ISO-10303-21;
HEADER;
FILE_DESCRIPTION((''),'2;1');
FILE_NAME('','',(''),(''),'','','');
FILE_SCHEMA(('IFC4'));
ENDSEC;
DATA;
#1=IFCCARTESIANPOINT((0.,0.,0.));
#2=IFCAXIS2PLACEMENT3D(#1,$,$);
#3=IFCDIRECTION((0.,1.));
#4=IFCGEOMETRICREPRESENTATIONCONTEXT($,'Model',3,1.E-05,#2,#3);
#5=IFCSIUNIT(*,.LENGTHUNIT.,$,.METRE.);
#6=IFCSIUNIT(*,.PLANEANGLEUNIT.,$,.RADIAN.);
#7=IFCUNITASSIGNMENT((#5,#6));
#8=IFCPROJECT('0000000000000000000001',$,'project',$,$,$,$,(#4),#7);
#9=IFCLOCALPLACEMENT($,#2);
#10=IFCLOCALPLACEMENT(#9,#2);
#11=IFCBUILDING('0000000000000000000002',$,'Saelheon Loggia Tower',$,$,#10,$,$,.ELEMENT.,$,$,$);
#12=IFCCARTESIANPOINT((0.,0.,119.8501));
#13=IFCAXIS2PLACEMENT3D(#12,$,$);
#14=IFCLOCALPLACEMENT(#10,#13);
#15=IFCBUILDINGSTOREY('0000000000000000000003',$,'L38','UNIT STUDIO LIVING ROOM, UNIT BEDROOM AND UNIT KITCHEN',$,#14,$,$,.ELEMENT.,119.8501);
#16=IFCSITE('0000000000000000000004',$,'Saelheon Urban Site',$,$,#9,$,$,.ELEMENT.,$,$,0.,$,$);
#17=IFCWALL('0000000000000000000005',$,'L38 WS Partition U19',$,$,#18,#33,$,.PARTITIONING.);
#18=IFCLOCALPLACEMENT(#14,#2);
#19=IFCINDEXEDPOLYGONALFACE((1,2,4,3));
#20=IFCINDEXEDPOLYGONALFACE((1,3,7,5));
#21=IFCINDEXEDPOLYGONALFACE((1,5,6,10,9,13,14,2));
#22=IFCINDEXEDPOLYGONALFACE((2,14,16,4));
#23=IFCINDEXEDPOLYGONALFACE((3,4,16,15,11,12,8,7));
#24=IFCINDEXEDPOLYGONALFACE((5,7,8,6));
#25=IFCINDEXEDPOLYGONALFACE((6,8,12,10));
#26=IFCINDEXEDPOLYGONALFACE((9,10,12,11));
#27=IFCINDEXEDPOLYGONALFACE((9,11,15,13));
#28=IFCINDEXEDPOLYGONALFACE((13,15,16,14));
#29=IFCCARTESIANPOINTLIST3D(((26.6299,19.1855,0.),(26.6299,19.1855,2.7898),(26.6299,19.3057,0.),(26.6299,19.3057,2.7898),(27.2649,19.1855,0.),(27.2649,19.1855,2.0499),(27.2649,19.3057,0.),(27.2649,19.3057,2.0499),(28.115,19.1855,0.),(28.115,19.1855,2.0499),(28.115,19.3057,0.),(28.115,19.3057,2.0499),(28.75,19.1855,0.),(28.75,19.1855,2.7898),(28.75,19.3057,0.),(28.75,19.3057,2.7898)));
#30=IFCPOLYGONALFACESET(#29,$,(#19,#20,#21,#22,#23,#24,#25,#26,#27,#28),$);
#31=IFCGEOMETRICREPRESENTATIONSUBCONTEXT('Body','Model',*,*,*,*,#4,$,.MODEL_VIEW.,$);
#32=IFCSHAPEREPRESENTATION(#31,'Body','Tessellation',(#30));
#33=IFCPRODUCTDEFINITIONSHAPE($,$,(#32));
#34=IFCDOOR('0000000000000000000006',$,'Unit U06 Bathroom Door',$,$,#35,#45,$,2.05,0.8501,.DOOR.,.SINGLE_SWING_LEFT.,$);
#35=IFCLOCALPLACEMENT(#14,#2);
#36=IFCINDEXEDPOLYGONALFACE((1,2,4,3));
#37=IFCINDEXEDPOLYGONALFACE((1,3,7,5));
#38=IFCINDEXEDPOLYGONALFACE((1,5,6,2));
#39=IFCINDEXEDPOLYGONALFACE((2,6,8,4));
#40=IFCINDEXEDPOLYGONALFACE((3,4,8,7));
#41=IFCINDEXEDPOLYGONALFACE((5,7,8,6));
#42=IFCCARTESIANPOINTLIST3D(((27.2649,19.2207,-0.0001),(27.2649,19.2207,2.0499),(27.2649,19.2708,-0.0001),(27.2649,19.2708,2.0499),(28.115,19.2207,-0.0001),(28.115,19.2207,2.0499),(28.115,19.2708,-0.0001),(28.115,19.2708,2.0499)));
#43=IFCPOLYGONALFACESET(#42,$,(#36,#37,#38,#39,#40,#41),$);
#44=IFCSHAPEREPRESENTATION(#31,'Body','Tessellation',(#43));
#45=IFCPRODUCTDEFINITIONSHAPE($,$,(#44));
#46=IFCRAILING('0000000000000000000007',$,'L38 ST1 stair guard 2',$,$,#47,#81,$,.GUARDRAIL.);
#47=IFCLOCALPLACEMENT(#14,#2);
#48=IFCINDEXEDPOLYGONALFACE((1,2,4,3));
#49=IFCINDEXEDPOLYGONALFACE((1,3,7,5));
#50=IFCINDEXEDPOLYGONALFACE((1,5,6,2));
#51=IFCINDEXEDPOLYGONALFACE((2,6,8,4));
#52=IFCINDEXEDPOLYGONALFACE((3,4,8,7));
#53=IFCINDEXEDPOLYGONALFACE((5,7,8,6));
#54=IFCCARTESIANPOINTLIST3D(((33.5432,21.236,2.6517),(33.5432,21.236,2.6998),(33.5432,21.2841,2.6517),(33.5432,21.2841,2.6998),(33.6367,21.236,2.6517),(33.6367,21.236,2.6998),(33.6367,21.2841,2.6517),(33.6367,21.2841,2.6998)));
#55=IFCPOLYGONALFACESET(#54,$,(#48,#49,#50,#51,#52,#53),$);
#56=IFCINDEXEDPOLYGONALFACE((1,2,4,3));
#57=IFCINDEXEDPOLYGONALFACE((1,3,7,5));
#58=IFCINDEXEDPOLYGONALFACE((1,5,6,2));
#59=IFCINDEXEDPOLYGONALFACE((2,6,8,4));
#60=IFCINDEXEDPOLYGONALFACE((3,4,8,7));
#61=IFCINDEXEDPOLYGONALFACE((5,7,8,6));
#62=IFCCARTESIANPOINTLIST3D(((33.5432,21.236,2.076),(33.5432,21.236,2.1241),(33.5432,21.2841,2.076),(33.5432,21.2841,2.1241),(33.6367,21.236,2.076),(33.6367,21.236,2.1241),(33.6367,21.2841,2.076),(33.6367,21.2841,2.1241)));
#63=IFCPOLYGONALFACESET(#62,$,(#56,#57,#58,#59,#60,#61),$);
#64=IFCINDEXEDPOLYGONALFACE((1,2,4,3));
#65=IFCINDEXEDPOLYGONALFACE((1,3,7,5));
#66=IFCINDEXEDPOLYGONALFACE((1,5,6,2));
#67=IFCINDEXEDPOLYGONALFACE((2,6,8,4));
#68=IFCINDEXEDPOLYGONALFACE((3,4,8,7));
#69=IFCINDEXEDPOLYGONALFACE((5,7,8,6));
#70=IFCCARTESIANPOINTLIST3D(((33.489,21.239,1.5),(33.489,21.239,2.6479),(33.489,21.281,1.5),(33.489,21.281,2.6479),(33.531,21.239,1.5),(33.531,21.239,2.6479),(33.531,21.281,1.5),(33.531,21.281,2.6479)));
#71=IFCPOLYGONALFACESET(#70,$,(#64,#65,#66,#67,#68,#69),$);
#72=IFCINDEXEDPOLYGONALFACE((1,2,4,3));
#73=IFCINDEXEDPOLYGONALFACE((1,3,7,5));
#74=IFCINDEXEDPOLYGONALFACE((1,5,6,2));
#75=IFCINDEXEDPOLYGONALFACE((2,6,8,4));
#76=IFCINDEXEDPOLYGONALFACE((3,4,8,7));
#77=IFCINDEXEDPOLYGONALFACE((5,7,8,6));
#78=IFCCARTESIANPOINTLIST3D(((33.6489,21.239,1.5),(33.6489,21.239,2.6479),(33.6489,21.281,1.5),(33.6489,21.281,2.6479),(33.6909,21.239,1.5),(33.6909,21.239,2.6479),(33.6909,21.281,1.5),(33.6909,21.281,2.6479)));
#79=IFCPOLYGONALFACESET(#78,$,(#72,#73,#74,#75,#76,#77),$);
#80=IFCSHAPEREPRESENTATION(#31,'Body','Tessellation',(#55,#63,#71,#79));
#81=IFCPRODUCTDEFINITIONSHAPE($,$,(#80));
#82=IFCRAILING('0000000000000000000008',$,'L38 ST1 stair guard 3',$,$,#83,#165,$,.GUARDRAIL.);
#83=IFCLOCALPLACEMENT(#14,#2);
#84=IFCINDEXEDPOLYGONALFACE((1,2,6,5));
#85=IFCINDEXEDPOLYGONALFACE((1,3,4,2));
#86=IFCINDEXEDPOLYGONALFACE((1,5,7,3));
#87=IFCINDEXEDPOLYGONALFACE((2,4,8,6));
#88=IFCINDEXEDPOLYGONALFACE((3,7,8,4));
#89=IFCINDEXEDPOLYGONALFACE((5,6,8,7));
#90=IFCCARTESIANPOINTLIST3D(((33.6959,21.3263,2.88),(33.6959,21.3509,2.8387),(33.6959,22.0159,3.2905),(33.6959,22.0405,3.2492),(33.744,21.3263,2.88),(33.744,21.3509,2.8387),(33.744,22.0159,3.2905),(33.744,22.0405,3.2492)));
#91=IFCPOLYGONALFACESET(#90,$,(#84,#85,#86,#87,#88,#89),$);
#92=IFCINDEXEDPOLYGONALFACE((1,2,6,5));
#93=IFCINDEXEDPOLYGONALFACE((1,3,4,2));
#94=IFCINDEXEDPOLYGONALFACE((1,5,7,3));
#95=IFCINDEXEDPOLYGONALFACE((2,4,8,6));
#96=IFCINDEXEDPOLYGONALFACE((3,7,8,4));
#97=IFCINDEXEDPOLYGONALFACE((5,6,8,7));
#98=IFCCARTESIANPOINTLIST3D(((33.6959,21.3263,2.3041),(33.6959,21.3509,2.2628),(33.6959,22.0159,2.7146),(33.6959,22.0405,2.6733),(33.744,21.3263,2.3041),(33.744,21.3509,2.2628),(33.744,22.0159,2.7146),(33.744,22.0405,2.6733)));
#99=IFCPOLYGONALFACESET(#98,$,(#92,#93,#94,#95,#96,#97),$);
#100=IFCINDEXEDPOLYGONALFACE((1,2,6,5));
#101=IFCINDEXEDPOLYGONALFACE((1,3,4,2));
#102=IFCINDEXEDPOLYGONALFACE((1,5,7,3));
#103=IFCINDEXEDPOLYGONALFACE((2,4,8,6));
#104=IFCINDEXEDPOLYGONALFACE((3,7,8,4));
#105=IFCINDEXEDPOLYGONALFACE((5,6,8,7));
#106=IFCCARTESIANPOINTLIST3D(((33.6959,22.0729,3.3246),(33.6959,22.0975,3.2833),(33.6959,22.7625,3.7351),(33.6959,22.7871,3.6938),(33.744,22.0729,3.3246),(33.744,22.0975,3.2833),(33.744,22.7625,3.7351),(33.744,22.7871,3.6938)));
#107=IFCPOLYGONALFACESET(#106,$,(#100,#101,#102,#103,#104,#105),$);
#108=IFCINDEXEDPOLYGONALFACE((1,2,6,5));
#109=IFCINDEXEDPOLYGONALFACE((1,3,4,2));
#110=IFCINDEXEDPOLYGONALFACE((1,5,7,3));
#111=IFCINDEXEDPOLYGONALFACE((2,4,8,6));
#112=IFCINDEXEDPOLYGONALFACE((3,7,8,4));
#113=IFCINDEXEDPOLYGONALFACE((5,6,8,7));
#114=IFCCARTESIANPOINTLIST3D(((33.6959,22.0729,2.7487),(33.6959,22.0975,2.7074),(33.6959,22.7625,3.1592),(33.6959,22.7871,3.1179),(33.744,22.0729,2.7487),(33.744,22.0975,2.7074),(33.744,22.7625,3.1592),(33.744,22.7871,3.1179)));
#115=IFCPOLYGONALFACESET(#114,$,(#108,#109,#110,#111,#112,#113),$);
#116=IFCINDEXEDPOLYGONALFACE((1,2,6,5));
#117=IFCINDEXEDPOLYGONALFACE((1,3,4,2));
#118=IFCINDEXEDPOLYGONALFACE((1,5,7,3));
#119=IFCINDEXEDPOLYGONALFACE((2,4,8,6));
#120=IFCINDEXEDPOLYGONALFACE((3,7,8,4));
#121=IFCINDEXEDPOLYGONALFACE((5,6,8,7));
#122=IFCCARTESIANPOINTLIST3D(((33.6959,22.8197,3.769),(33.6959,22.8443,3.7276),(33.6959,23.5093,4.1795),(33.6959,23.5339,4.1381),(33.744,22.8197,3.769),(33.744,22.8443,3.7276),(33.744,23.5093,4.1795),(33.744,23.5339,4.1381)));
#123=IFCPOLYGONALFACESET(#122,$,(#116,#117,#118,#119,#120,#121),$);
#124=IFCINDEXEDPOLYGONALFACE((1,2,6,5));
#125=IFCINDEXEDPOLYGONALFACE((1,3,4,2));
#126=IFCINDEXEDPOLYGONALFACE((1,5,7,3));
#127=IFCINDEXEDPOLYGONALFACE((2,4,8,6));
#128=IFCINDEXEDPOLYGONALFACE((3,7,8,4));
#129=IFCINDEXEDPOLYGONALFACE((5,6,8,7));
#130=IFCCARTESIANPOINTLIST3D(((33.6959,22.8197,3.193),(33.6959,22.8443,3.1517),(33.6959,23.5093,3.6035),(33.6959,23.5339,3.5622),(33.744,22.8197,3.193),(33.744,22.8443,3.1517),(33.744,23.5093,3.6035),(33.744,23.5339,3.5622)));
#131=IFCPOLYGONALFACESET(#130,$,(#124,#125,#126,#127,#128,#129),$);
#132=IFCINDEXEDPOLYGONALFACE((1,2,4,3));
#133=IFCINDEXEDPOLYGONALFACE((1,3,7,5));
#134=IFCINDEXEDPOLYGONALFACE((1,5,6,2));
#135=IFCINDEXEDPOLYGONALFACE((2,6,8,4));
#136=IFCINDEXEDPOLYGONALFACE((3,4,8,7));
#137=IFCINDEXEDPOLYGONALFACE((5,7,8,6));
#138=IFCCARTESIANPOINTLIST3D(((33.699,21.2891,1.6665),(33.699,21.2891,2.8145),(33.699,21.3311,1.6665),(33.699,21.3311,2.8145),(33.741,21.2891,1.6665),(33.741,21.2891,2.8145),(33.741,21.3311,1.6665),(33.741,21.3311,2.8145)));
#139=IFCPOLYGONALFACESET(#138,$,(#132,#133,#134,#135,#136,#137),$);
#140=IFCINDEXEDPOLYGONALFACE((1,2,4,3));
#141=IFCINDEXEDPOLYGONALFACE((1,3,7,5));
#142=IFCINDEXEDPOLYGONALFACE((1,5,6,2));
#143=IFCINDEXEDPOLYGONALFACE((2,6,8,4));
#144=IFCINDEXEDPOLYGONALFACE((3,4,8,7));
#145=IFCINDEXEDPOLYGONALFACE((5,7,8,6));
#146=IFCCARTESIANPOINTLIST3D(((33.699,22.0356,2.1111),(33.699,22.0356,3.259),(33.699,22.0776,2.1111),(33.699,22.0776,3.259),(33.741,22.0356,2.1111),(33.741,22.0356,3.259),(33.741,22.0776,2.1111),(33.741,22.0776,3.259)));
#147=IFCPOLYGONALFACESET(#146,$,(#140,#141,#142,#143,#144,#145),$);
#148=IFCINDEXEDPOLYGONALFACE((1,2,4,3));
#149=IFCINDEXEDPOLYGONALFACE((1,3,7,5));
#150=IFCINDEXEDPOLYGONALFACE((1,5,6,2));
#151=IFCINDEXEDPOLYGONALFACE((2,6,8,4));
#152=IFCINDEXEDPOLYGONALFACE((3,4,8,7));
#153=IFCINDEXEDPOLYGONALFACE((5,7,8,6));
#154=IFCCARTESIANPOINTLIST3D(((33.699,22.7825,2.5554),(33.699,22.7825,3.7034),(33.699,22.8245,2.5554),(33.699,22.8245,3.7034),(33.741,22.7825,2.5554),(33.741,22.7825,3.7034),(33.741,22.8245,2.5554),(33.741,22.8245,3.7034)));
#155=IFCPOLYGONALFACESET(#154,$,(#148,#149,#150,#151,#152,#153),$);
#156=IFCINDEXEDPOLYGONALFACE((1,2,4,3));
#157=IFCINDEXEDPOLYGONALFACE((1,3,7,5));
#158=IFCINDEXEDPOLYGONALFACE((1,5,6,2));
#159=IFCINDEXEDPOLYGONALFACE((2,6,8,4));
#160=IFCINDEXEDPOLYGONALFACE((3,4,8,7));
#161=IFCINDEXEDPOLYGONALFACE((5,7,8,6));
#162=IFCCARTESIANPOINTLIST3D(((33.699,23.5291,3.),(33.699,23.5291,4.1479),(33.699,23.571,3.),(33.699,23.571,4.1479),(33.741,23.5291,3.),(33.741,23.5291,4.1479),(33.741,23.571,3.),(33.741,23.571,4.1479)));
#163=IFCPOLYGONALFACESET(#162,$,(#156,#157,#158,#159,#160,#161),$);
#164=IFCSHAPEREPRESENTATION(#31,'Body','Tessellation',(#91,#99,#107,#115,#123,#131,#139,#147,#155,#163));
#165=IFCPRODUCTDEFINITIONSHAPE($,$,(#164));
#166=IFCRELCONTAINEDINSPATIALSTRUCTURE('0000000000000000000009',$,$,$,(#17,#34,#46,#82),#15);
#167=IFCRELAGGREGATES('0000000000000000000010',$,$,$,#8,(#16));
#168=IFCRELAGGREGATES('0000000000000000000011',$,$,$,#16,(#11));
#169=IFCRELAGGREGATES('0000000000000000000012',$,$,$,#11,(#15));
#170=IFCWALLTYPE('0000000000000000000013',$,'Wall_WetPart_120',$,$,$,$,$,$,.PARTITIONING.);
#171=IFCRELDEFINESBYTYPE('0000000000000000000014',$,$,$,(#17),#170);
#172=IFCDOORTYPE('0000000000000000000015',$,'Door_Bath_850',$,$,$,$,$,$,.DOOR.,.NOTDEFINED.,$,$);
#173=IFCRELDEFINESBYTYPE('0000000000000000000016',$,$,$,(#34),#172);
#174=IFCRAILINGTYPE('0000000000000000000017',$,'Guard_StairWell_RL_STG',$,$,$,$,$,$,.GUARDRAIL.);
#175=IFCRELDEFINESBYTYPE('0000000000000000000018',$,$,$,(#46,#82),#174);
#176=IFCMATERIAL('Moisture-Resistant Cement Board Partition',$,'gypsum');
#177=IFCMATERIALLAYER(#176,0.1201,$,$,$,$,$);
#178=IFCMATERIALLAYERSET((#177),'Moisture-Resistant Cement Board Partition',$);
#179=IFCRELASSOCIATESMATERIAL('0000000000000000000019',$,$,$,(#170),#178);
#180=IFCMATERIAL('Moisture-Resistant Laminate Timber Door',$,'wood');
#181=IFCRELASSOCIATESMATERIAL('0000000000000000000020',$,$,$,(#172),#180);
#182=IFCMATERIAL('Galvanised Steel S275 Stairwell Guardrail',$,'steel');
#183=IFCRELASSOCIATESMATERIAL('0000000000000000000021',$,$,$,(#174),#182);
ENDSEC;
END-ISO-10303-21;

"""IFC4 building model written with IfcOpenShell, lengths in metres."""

from ifc_helpers import new_model, si_unit, direction, frame, frame_2d, origin, origin_2d, place, context, subcontext, project, spatial, rectangle, extrude, source, transform, mapped, material, layer, layer_set, type_object, element, fill, save


model = new_model("IFC4")

# Units and contexts
model_context = context("Model", 3, precision=1e-05, world=origin(), true_north=direction((0.0, 1.0)))
body_context = subcontext(model_context, "Body", "Model", "MODEL_VIEW")
ifc_project = project(units=[si_unit("LENGTHUNIT", "METRE"), si_unit("PLANEANGLEUNIT", "RADIAN")], contexts=[model_context])

# Site, building, storey
site_placement = place(None, origin())
site = spatial("IfcSite", under=ifc_project, at=site_placement, Name="Saelheon Urban Site", CompositionType="ELEMENT", RefElevation=0.0)
building_placement = place(site_placement, origin())
building = spatial("IfcBuilding", under=site, at=building_placement, Name="Saelheon Loggia Tower", CompositionType="ELEMENT")
storey_placement = place(building_placement, frame((0.0, 0.0, 119.8501)))
storey = spatial("IfcBuildingStorey", under=building, at=storey_placement, Name="L38", Description="UNIT STUDIO LIVING ROOM, UNIT BEDROOM AND UNIT KITCHEN", CompositionType="ELEMENT", Elevation=119.8501)

# Wall, opening, door
ifc_material_1 = material(Name="Moisture-Resistant Cement Board Partition", Category="gypsum")
ifc_layer_1 = layer(ifc_material_1, 0.1201)
ifc_layer_set_1 = layer_set([ifc_layer_1], Name="Moisture-Resistant Cement Board Partition")
wall_type_1 = type_object("IfcWallType", Name="Wall_WetPart_120", PredefinedType="PARTITIONING", material=ifc_layer_set_1)
ifc_material_2 = material(Name="Moisture-Resistant Laminate Timber Door", Category="wood")
door_type_1 = type_object("IfcDoorType", Name="Door_Bath_850", OperationType="NOTDEFINED", PredefinedType="DOOR", material=ifc_material_2)
shared_shape_1 = source(origin(), body_context, "Body", "SweptSolid", [
    extrude(rectangle(XDim=0.8501, YDim=2.05, at=frame_2d((0.425, 1.0249))), frame((0.0, 0.0249, 0.0), z_axis=(0.0, -1.0, 0.0), x_axis=(1.0, 0.0, 0.0)), (0.0, 0.0, 1.0), 0.05),
])
wall_1_placement = place(storey_placement, frame((28.75, 19.2456, 0.0), z_axis=(0.0, 0.0, 1.0), x_axis=(-1.0, 0.0, 0.0)))
wall_1 = element("IfcWall", 1, at=wall_1_placement, inside=storey, type_object=wall_type_1, Name="L38 WS Partition U19", PredefinedType="PARTITIONING", context=body_context, shape_type="SweptSolid", body=[
    extrude(rectangle(XDim=2.1201, YDim=0.1201, at=frame_2d((1.0601, 0.0))), origin(), (0.0, 0.0, 1.0), 2.7898),
])
opening_1_placement = place(wall_1_placement, frame((0.635, 0.0, 0.0)))
opening_1 = element("IfcOpeningElement", 2, at=opening_1_placement, cuts=wall_1, PredefinedType="OPENING", context=body_context, shape_type="SweptSolid", body=[
    extrude(rectangle(XDim=0.8501, YDim=2.05, at=frame_2d((0.425, 1.0249))), frame((0.0, 0.072, 0.0), z_axis=(0.0, -1.0, 0.0), x_axis=(1.0, 0.0, 0.0)), (0.0, 0.0, 1.0), 0.144),
])
door_1_placement = place(opening_1_placement, origin())
door_1 = element("IfcDoor", 3, at=door_1_placement, inside=storey, type_object=door_type_1, Name="Unit U06 Bathroom Door", OperationType="SINGLE_SWING_LEFT", OverallHeight=2.05, OverallWidth=0.8501, PredefinedType="DOOR", context=body_context, shape_type="MappedRepresentation", body=[
    mapped(shared_shape_1, transform((0.0, 0.0, 0.0), scale=1.0)),
])
fill(opening_1, door_1)

# Railings
ifc_material_3 = material(Name="Galvanised Steel S275 Stairwell Guardrail", Category="steel")
railing_type_1 = type_object("IfcRailingType", Name="Guard_StairWell_RL_STG", PredefinedType="GUARDRAIL", material=ifc_material_3)
railing_1_placement = place(storey_placement, frame((33.51, 21.26, 1.5)))
element("IfcRailing", 4, at=railing_1_placement, inside=storey, type_object=railing_type_1, Name="L38 ST1 stair guard 2", PredefinedType="GUARDRAIL", context=body_context, shape_type="SweptSolid", body=[
    extrude(rectangle(XDim=0.0481, YDim=0.0481, at=origin_2d()), frame((0.0332, 0.0, 1.1758), z_axis=(1.0, 0.0, 0.0), x_axis=(0.0, 1.0, 0.0)), (0.0, 0.0, 1.0), 0.0935),
    extrude(rectangle(XDim=0.0481, YDim=0.0481, at=origin_2d()), frame((0.0332, 0.0, 0.6001), z_axis=(1.0, 0.0, 0.0), x_axis=(0.0, 1.0, 0.0)), (0.0, 0.0, 1.0), 0.0935),
    extrude(rectangle(XDim=0.042, YDim=0.042, at=origin_2d()), origin(), (0.0, 0.0, 1.0), 1.1479),
    extrude(rectangle(XDim=0.042, YDim=0.042, at=origin_2d()), frame((0.1599, 0.0, 0.0)), (0.0, 0.0, 1.0), 1.1479),
])
railing_2_placement = place(storey_placement, frame((33.72, 21.3101, 1.6665)))
element("IfcRailing", 5, at=railing_2_placement, inside=storey, type_object=railing_type_1, Name="L38 ST1 stair guard 3", PredefinedType="GUARDRAIL", context=body_context, shape_type="SweptSolid", body=[
    extrude(rectangle(XDim=0.0481, YDim=0.0481, at=origin_2d()), frame((0.0, 0.0286, 1.1929), z_axis=(0.0, 0.859264, 0.511532), x_axis=(-1.0, 0.0, 0.0)), (0.0, 0.0, 1.0), 0.8025),
    extrude(rectangle(XDim=0.0481, YDim=0.0481, at=origin_2d()), frame((0.0, 0.0286, 0.6169), z_axis=(0.0, 0.859264, 0.511532), x_axis=(-1.0, 0.0, 0.0)), (0.0, 0.0, 1.0), 0.8025),
    extrude(rectangle(XDim=0.0481, YDim=0.0481, at=origin_2d()), frame((0.0, 0.7751, 1.6375), z_axis=(0.0, 0.859264, 0.511532), x_axis=(-1.0, 0.0, 0.0)), (0.0, 0.0, 1.0), 0.8025),
    extrude(rectangle(XDim=0.0481, YDim=0.0481, at=origin_2d()), frame((0.0, 0.7751, 1.0615), z_axis=(0.0, 0.859264, 0.511532), x_axis=(-1.0, 0.0, 0.0)), (0.0, 0.0, 1.0), 0.8025),
    extrude(rectangle(XDim=0.0481, YDim=0.0481, at=origin_2d()), frame((0.0, 1.522, 2.0818), z_axis=(0.0, 0.859264, 0.511532), x_axis=(-1.0, 0.0, 0.0)), (0.0, 0.0, 1.0), 0.8025),
    extrude(rectangle(XDim=0.0481, YDim=0.0481, at=origin_2d()), frame((0.0, 1.522, 1.5059), z_axis=(0.0, 0.859264, 0.511532), x_axis=(-1.0, 0.0, 0.0)), (0.0, 0.0, 1.0), 0.8025),
    extrude(rectangle(XDim=0.042, YDim=0.042, at=origin_2d()), origin(), (0.0, 0.0, 1.0), 1.1479),
    extrude(rectangle(XDim=0.042, YDim=0.042, at=origin_2d()), frame((0.0, 0.7466, 0.4446)), (0.0, 0.0, 1.0), 1.1479),
    extrude(rectangle(XDim=0.042, YDim=0.042, at=origin_2d()), frame((0.0, 1.4934, 0.8889)), (0.0, 0.0, 1.0), 1.1479),
    extrude(rectangle(XDim=0.042, YDim=0.042, at=origin_2d()), frame((0.0, 2.24, 1.3335)), (0.0, 0.0, 1.0), 1.1479),
])

save(model, "model.ifc")
